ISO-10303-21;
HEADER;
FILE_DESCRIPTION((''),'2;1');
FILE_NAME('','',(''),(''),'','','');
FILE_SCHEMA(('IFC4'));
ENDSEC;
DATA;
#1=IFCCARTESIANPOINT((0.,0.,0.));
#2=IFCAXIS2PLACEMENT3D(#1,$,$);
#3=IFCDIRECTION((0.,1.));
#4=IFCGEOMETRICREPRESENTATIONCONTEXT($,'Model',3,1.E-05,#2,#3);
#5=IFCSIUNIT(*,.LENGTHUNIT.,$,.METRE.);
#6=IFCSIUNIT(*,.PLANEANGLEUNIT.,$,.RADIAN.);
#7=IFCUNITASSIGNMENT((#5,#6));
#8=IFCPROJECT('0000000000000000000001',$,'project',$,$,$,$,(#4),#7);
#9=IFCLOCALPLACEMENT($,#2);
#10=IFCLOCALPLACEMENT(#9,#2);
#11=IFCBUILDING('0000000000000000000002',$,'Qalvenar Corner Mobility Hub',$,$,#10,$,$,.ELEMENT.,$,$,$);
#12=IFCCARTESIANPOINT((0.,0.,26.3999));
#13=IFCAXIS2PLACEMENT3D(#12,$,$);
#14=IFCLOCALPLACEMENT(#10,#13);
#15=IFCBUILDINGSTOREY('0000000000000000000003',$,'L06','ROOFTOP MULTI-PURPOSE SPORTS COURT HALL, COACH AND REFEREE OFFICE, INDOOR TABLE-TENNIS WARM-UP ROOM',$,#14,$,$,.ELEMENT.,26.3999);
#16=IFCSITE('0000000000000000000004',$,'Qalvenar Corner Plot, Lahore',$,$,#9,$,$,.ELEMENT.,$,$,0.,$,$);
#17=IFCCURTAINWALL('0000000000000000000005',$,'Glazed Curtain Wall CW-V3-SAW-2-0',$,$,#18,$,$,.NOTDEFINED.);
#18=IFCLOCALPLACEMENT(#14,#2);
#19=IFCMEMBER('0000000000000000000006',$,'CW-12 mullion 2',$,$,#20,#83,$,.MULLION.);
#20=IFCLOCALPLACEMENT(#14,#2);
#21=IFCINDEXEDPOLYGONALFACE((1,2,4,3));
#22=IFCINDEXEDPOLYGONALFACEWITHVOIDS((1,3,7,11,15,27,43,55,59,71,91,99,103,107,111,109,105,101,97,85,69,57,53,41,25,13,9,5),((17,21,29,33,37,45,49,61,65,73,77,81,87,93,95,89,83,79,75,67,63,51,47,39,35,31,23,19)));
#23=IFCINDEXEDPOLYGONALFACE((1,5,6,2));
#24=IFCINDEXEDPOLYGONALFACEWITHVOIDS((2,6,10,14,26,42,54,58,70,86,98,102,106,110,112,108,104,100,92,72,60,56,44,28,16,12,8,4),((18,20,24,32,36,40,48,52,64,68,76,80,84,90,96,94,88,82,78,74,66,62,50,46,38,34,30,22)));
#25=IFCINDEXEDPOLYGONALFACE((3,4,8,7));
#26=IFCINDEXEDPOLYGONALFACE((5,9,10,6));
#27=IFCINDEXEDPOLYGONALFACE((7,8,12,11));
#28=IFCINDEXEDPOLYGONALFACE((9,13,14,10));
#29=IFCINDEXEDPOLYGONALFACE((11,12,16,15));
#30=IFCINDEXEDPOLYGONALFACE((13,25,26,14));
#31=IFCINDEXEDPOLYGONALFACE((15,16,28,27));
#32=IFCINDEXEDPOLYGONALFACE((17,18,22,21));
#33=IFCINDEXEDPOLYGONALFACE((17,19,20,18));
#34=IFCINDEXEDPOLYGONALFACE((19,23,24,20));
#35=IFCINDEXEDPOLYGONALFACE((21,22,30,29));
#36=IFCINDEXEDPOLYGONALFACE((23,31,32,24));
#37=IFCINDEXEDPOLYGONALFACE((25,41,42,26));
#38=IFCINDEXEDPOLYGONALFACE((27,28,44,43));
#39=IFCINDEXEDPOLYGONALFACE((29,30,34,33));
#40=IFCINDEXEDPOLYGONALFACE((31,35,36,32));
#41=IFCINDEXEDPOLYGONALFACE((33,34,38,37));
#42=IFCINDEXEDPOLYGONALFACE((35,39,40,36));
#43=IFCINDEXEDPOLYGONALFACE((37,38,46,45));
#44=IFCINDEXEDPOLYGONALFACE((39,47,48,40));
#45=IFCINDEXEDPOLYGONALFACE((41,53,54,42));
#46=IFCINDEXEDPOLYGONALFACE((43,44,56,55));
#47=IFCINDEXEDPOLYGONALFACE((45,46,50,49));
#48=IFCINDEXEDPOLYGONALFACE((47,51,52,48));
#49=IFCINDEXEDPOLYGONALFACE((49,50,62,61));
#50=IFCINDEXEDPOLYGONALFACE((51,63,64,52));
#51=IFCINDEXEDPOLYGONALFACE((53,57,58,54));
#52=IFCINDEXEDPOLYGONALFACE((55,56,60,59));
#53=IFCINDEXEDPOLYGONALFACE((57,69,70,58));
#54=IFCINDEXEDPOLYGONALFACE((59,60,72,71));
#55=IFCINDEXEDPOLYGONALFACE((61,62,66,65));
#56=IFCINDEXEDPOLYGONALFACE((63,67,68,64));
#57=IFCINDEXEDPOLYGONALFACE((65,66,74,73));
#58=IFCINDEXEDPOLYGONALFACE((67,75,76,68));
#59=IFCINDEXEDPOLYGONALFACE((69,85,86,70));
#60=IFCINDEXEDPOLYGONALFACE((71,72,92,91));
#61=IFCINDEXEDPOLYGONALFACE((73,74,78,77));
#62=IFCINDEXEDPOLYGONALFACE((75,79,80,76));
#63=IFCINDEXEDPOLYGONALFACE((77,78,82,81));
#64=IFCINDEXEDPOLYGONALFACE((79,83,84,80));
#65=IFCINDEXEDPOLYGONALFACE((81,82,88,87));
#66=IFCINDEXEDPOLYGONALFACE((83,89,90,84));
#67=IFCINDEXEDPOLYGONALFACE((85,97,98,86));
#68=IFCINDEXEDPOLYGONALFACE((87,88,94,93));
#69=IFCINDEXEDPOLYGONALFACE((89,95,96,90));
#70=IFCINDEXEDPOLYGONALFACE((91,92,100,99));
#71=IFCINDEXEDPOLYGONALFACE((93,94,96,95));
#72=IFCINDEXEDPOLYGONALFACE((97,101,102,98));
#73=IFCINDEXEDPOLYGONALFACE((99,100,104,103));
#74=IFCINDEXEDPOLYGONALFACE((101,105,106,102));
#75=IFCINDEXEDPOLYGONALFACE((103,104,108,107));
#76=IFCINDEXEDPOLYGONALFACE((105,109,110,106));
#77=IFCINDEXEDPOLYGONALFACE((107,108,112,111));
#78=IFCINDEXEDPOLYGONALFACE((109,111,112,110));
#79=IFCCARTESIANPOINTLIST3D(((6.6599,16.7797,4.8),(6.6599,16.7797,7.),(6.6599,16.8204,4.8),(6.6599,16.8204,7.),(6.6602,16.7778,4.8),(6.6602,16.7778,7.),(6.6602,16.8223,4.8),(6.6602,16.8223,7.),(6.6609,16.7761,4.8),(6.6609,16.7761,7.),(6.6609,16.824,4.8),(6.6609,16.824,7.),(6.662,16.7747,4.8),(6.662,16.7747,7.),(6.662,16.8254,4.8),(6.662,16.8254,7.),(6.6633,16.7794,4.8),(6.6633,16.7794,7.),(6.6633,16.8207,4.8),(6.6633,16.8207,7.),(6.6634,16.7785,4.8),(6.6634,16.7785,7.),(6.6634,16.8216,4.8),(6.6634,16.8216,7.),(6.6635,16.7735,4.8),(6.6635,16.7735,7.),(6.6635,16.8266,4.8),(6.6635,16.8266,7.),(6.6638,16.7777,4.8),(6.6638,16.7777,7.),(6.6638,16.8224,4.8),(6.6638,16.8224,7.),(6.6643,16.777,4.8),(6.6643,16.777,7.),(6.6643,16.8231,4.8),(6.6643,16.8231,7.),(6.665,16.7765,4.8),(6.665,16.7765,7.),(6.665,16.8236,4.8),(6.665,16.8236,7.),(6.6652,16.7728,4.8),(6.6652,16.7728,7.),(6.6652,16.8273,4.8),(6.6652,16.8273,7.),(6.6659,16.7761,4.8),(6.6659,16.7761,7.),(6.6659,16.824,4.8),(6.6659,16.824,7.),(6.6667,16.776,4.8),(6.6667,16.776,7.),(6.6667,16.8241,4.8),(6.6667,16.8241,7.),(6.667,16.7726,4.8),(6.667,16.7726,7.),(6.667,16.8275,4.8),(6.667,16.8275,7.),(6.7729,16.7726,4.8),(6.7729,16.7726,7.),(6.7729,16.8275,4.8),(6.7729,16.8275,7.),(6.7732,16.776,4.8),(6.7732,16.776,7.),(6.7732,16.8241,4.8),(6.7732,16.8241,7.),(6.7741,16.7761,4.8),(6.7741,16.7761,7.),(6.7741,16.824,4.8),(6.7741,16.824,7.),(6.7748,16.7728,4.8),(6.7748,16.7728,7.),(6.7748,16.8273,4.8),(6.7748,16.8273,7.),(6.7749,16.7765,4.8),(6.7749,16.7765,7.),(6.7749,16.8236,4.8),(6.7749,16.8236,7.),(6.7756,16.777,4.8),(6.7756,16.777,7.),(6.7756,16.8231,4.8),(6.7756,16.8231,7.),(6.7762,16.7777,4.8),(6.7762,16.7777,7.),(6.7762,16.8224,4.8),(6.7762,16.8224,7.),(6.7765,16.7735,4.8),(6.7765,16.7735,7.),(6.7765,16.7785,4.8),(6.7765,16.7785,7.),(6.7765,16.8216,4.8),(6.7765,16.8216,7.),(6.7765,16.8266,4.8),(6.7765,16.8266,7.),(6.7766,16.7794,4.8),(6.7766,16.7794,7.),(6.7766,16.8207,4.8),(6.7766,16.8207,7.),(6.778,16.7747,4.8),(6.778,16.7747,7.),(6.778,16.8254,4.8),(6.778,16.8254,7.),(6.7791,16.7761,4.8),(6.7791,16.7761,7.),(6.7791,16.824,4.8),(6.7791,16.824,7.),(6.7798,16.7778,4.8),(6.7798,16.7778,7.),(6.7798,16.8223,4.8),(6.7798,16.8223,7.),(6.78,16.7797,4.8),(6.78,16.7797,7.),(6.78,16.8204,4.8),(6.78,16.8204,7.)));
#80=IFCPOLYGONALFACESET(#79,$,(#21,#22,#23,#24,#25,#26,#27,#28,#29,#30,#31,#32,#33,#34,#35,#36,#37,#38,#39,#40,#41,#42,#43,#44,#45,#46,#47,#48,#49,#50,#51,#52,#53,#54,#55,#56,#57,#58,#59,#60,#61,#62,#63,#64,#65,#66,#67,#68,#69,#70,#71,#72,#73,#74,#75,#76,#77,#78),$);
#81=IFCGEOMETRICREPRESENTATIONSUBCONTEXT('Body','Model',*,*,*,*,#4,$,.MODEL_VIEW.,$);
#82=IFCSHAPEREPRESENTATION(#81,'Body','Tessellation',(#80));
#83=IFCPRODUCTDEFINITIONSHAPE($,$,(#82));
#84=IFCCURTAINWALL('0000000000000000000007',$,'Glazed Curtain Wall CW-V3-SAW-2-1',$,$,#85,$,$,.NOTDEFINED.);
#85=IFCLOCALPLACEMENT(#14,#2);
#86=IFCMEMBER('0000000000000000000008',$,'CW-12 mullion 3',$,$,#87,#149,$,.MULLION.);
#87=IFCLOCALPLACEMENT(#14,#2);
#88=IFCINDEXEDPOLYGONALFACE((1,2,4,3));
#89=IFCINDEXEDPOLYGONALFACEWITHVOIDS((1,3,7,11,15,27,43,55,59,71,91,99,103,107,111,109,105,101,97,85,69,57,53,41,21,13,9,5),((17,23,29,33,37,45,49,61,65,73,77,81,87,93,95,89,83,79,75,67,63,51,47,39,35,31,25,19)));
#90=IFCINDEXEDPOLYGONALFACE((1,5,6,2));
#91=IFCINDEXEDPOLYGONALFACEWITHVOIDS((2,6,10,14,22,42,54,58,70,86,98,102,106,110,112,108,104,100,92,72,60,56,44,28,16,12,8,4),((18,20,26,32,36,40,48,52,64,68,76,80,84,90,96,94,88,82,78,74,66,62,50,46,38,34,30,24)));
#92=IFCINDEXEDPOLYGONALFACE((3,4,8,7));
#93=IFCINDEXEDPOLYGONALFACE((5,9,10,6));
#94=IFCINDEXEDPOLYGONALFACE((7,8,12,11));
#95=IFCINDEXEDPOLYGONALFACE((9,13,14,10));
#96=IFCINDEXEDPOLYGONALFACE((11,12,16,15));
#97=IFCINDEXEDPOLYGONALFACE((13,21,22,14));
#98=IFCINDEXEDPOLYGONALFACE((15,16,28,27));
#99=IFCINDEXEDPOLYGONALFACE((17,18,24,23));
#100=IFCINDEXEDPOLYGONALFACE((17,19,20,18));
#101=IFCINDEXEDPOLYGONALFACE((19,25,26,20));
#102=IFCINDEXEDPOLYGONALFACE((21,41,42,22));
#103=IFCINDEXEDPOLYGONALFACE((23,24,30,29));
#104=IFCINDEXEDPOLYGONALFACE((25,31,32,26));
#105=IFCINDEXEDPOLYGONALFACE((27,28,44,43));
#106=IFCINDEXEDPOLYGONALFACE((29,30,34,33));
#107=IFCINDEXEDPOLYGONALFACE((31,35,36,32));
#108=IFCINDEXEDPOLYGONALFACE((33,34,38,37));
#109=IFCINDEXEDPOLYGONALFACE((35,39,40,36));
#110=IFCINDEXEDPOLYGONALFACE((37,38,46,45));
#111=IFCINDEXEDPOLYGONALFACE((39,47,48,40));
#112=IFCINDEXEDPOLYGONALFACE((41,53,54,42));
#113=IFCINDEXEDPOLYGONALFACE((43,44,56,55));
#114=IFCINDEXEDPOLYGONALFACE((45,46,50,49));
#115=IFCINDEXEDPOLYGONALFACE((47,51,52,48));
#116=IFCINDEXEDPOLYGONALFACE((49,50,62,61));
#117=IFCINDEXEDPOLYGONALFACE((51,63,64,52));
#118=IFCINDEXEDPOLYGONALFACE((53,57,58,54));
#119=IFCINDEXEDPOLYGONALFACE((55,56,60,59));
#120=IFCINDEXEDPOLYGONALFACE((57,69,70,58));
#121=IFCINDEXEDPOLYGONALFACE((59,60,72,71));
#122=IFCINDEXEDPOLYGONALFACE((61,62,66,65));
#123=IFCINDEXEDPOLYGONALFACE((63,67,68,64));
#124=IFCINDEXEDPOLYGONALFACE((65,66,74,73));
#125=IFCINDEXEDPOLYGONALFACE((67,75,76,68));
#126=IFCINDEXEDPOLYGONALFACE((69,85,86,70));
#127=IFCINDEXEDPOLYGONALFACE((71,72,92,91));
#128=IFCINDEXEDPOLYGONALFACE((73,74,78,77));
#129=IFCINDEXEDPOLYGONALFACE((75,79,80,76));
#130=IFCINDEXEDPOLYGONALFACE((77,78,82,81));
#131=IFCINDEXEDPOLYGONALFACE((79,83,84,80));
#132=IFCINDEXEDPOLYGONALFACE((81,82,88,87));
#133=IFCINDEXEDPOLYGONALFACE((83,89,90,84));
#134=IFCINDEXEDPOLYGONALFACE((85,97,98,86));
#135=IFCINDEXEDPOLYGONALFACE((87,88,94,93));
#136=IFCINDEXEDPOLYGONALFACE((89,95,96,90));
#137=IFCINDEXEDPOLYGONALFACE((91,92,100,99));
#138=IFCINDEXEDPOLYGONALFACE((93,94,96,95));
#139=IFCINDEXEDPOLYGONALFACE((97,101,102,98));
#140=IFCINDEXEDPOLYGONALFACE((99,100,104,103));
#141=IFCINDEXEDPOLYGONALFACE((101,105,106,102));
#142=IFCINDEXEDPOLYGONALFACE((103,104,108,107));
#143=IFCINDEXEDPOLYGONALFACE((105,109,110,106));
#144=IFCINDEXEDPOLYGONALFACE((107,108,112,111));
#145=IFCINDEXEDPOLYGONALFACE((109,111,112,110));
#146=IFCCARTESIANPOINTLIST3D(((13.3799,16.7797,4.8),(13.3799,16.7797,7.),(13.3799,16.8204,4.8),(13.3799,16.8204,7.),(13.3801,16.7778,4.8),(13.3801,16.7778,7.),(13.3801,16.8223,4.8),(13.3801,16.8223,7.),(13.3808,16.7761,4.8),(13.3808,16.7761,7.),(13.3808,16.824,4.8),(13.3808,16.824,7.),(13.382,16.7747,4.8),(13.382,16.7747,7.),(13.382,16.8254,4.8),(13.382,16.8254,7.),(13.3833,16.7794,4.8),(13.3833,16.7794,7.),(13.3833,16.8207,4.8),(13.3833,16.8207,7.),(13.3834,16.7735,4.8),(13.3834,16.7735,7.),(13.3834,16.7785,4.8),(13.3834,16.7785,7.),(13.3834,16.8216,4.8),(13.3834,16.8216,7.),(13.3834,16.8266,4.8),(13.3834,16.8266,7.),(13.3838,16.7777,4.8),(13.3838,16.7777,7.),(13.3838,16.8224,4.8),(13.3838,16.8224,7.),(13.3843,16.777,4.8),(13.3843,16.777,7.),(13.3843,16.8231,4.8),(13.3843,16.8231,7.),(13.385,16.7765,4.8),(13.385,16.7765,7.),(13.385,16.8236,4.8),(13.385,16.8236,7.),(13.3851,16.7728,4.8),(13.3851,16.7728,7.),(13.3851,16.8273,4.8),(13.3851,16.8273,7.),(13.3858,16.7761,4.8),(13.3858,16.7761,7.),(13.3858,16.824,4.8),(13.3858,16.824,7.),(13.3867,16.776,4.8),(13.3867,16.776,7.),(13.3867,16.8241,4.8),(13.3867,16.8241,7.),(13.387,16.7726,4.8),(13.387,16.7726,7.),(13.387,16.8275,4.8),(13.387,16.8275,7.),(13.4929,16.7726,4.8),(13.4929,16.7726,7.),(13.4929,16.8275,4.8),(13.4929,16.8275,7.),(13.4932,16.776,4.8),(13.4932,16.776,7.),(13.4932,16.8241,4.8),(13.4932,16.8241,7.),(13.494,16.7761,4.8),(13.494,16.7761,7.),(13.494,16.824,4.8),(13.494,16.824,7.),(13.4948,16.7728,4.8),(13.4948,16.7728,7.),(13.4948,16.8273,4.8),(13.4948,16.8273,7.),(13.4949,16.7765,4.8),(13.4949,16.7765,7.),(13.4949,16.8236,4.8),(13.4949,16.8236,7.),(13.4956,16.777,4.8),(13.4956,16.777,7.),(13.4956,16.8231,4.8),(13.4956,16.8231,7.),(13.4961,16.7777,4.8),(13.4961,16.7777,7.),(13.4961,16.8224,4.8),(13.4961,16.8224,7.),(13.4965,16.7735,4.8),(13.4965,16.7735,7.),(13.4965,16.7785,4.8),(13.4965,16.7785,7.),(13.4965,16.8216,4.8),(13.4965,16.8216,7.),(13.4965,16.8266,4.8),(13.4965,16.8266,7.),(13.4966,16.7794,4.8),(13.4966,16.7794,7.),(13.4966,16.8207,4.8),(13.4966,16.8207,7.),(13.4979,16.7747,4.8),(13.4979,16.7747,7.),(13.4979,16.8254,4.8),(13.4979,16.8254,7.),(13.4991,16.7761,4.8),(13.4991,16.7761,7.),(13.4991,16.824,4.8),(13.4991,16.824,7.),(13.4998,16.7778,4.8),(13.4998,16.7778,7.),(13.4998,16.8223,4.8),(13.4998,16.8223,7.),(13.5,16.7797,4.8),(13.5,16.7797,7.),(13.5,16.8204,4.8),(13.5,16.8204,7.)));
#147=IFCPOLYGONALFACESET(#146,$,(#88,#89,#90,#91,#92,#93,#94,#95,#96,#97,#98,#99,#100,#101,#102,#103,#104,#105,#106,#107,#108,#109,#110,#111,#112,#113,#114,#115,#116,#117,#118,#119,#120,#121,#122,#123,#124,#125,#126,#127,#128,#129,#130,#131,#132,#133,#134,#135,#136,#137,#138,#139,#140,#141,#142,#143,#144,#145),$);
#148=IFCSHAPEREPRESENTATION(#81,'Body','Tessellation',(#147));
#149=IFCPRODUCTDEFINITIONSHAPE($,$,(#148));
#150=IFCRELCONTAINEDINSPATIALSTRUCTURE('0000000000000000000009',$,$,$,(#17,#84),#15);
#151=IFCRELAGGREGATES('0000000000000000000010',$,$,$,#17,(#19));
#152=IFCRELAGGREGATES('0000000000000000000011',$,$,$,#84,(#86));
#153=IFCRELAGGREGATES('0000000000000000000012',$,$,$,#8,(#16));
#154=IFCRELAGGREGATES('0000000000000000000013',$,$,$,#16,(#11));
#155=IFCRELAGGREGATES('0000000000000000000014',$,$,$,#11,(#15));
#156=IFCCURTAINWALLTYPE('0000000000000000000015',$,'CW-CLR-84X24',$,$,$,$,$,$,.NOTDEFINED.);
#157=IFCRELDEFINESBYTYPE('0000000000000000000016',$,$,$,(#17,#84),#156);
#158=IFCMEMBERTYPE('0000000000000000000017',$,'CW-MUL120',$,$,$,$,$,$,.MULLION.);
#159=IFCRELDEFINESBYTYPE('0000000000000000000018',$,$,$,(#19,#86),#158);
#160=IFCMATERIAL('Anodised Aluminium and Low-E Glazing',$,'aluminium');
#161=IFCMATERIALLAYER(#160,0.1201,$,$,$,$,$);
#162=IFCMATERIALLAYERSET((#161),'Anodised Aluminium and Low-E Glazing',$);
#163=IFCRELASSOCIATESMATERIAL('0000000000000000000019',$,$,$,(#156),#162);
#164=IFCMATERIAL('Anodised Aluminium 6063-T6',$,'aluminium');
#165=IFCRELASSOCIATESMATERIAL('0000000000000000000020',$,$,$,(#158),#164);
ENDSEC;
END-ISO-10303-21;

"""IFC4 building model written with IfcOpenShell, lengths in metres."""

from ifc_helpers import new_model, si_unit, direction, frame, origin, origin_2d, place, context, subcontext, project, spatial, hollow_rectangle, extrude, material, layer, layer_set, material_profile, profile_set, type_object, element, aggregate, save


model = new_model("IFC4")

# Units and contexts
model_context = context("Model", 3, precision=1e-05, world=origin(), true_north=direction((0.0, 1.0)))
body_context = subcontext(model_context, "Body", "Model", "MODEL_VIEW")
ifc_project = project(units=[si_unit("LENGTHUNIT", "METRE"), si_unit("PLANEANGLEUNIT", "RADIAN")], contexts=[model_context])

# Site, building, storey
site_placement = place(None, origin())
site = spatial("IfcSite", under=ifc_project, at=site_placement, Name="Qalvenar Corner Plot, Lahore", CompositionType="ELEMENT", RefElevation=0.0)
building_placement = place(site_placement, origin())
building = spatial("IfcBuilding", under=site, at=building_placement, Name="Qalvenar Corner Mobility Hub", CompositionType="ELEMENT")
storey_placement = place(building_placement, frame((0.0, 0.0, 26.3999)))
storey = spatial("IfcBuildingStorey", under=building, at=storey_placement, Name="L06", Description="ROOFTOP MULTI-PURPOSE SPORTS COURT HALL, COACH AND REFEREE OFFICE, INDOOR TABLE-TENNIS WARM-UP ROOM", CompositionType="ELEMENT", Elevation=26.3999)

# Curtain walls, members
ifc_material_1 = material(Name="Anodised Aluminium and Low-E Glazing", Category="aluminium")
ifc_layer_1 = layer(ifc_material_1, 0.1201)
ifc_layer_set_1 = layer_set([ifc_layer_1], Name="Anodised Aluminium and Low-E Glazing")
curtain_wall_type = type_object("IfcCurtainWallType", Name="CW-CLR-84X24", PredefinedType="NOTDEFINED", material=ifc_layer_set_1)
curtain_wall_1_placement = place(storey_placement, origin())
curtain_wall_1 = element("IfcCurtainWall", 1, at=curtain_wall_1_placement, inside=storey, type_object=curtain_wall_type, Name="Glazed Curtain Wall CW-V3-SAW-2-0", PredefinedType="NOTDEFINED")
ifc_material_2 = material(Name="Anodised Aluminium 6063-T6", Category="aluminium")
ifc_material_profile_1 = material_profile(ifc_material_2, hollow_rectangle(XDim=0.0549, YDim=0.1201, WallThickness=0.0034, InnerFilletRadius=0.0034, OuterFilletRadius=0.0071, at=origin_2d()), Name="RHS120x55x3.5")
ifc_profile_set_1 = profile_set([ifc_material_profile_1], Name="Anodised Aluminium 6063-T6")
member_type_1 = type_object("IfcMemberType", Name="CW-MUL120", PredefinedType="MULLION", material=ifc_profile_set_1)
member_1_placement = place(storey_placement, frame((6.72, 16.8, 4.8), z_axis=(0.0, 0.0, 1.0), x_axis=(0.0, -1.0, 0.0)))
member_1 = element("IfcMember", 2, at=member_1_placement, type_object=member_type_1, Name="CW-12 mullion 2", PredefinedType="MULLION", context=body_context, shape_type="SweptSolid", body=[
    extrude(hollow_rectangle(XDim=0.0549, YDim=0.1201, WallThickness=0.0034, InnerFilletRadius=0.0034, OuterFilletRadius=0.0071, at=origin_2d()), origin(), (0.0, 0.0, 1.0), 2.2),
])
curtain_wall_2_placement = place(storey_placement, origin())
curtain_wall_2 = element("IfcCurtainWall", 3, at=curtain_wall_2_placement, inside=storey, type_object=curtain_wall_type, Name="Glazed Curtain Wall CW-V3-SAW-2-1", PredefinedType="NOTDEFINED")
member_2_placement = place(storey_placement, frame((13.4399, 16.8, 4.8), z_axis=(0.0, 0.0, 1.0), x_axis=(0.0, -1.0, 0.0)))
member_2 = element("IfcMember", 4, at=member_2_placement, type_object=member_type_1, Name="CW-12 mullion 3", PredefinedType="MULLION", context=body_context, shape_type="SweptSolid", body=[
    extrude(hollow_rectangle(XDim=0.0549, YDim=0.1201, WallThickness=0.0034, InnerFilletRadius=0.0034, OuterFilletRadius=0.0071, at=origin_2d()), origin(), (0.0, 0.0, 1.0), 2.2),
])

aggregate(curtain_wall_1, [member_1])
aggregate(curtain_wall_2, [member_2])

save(model, "model.ifc")
